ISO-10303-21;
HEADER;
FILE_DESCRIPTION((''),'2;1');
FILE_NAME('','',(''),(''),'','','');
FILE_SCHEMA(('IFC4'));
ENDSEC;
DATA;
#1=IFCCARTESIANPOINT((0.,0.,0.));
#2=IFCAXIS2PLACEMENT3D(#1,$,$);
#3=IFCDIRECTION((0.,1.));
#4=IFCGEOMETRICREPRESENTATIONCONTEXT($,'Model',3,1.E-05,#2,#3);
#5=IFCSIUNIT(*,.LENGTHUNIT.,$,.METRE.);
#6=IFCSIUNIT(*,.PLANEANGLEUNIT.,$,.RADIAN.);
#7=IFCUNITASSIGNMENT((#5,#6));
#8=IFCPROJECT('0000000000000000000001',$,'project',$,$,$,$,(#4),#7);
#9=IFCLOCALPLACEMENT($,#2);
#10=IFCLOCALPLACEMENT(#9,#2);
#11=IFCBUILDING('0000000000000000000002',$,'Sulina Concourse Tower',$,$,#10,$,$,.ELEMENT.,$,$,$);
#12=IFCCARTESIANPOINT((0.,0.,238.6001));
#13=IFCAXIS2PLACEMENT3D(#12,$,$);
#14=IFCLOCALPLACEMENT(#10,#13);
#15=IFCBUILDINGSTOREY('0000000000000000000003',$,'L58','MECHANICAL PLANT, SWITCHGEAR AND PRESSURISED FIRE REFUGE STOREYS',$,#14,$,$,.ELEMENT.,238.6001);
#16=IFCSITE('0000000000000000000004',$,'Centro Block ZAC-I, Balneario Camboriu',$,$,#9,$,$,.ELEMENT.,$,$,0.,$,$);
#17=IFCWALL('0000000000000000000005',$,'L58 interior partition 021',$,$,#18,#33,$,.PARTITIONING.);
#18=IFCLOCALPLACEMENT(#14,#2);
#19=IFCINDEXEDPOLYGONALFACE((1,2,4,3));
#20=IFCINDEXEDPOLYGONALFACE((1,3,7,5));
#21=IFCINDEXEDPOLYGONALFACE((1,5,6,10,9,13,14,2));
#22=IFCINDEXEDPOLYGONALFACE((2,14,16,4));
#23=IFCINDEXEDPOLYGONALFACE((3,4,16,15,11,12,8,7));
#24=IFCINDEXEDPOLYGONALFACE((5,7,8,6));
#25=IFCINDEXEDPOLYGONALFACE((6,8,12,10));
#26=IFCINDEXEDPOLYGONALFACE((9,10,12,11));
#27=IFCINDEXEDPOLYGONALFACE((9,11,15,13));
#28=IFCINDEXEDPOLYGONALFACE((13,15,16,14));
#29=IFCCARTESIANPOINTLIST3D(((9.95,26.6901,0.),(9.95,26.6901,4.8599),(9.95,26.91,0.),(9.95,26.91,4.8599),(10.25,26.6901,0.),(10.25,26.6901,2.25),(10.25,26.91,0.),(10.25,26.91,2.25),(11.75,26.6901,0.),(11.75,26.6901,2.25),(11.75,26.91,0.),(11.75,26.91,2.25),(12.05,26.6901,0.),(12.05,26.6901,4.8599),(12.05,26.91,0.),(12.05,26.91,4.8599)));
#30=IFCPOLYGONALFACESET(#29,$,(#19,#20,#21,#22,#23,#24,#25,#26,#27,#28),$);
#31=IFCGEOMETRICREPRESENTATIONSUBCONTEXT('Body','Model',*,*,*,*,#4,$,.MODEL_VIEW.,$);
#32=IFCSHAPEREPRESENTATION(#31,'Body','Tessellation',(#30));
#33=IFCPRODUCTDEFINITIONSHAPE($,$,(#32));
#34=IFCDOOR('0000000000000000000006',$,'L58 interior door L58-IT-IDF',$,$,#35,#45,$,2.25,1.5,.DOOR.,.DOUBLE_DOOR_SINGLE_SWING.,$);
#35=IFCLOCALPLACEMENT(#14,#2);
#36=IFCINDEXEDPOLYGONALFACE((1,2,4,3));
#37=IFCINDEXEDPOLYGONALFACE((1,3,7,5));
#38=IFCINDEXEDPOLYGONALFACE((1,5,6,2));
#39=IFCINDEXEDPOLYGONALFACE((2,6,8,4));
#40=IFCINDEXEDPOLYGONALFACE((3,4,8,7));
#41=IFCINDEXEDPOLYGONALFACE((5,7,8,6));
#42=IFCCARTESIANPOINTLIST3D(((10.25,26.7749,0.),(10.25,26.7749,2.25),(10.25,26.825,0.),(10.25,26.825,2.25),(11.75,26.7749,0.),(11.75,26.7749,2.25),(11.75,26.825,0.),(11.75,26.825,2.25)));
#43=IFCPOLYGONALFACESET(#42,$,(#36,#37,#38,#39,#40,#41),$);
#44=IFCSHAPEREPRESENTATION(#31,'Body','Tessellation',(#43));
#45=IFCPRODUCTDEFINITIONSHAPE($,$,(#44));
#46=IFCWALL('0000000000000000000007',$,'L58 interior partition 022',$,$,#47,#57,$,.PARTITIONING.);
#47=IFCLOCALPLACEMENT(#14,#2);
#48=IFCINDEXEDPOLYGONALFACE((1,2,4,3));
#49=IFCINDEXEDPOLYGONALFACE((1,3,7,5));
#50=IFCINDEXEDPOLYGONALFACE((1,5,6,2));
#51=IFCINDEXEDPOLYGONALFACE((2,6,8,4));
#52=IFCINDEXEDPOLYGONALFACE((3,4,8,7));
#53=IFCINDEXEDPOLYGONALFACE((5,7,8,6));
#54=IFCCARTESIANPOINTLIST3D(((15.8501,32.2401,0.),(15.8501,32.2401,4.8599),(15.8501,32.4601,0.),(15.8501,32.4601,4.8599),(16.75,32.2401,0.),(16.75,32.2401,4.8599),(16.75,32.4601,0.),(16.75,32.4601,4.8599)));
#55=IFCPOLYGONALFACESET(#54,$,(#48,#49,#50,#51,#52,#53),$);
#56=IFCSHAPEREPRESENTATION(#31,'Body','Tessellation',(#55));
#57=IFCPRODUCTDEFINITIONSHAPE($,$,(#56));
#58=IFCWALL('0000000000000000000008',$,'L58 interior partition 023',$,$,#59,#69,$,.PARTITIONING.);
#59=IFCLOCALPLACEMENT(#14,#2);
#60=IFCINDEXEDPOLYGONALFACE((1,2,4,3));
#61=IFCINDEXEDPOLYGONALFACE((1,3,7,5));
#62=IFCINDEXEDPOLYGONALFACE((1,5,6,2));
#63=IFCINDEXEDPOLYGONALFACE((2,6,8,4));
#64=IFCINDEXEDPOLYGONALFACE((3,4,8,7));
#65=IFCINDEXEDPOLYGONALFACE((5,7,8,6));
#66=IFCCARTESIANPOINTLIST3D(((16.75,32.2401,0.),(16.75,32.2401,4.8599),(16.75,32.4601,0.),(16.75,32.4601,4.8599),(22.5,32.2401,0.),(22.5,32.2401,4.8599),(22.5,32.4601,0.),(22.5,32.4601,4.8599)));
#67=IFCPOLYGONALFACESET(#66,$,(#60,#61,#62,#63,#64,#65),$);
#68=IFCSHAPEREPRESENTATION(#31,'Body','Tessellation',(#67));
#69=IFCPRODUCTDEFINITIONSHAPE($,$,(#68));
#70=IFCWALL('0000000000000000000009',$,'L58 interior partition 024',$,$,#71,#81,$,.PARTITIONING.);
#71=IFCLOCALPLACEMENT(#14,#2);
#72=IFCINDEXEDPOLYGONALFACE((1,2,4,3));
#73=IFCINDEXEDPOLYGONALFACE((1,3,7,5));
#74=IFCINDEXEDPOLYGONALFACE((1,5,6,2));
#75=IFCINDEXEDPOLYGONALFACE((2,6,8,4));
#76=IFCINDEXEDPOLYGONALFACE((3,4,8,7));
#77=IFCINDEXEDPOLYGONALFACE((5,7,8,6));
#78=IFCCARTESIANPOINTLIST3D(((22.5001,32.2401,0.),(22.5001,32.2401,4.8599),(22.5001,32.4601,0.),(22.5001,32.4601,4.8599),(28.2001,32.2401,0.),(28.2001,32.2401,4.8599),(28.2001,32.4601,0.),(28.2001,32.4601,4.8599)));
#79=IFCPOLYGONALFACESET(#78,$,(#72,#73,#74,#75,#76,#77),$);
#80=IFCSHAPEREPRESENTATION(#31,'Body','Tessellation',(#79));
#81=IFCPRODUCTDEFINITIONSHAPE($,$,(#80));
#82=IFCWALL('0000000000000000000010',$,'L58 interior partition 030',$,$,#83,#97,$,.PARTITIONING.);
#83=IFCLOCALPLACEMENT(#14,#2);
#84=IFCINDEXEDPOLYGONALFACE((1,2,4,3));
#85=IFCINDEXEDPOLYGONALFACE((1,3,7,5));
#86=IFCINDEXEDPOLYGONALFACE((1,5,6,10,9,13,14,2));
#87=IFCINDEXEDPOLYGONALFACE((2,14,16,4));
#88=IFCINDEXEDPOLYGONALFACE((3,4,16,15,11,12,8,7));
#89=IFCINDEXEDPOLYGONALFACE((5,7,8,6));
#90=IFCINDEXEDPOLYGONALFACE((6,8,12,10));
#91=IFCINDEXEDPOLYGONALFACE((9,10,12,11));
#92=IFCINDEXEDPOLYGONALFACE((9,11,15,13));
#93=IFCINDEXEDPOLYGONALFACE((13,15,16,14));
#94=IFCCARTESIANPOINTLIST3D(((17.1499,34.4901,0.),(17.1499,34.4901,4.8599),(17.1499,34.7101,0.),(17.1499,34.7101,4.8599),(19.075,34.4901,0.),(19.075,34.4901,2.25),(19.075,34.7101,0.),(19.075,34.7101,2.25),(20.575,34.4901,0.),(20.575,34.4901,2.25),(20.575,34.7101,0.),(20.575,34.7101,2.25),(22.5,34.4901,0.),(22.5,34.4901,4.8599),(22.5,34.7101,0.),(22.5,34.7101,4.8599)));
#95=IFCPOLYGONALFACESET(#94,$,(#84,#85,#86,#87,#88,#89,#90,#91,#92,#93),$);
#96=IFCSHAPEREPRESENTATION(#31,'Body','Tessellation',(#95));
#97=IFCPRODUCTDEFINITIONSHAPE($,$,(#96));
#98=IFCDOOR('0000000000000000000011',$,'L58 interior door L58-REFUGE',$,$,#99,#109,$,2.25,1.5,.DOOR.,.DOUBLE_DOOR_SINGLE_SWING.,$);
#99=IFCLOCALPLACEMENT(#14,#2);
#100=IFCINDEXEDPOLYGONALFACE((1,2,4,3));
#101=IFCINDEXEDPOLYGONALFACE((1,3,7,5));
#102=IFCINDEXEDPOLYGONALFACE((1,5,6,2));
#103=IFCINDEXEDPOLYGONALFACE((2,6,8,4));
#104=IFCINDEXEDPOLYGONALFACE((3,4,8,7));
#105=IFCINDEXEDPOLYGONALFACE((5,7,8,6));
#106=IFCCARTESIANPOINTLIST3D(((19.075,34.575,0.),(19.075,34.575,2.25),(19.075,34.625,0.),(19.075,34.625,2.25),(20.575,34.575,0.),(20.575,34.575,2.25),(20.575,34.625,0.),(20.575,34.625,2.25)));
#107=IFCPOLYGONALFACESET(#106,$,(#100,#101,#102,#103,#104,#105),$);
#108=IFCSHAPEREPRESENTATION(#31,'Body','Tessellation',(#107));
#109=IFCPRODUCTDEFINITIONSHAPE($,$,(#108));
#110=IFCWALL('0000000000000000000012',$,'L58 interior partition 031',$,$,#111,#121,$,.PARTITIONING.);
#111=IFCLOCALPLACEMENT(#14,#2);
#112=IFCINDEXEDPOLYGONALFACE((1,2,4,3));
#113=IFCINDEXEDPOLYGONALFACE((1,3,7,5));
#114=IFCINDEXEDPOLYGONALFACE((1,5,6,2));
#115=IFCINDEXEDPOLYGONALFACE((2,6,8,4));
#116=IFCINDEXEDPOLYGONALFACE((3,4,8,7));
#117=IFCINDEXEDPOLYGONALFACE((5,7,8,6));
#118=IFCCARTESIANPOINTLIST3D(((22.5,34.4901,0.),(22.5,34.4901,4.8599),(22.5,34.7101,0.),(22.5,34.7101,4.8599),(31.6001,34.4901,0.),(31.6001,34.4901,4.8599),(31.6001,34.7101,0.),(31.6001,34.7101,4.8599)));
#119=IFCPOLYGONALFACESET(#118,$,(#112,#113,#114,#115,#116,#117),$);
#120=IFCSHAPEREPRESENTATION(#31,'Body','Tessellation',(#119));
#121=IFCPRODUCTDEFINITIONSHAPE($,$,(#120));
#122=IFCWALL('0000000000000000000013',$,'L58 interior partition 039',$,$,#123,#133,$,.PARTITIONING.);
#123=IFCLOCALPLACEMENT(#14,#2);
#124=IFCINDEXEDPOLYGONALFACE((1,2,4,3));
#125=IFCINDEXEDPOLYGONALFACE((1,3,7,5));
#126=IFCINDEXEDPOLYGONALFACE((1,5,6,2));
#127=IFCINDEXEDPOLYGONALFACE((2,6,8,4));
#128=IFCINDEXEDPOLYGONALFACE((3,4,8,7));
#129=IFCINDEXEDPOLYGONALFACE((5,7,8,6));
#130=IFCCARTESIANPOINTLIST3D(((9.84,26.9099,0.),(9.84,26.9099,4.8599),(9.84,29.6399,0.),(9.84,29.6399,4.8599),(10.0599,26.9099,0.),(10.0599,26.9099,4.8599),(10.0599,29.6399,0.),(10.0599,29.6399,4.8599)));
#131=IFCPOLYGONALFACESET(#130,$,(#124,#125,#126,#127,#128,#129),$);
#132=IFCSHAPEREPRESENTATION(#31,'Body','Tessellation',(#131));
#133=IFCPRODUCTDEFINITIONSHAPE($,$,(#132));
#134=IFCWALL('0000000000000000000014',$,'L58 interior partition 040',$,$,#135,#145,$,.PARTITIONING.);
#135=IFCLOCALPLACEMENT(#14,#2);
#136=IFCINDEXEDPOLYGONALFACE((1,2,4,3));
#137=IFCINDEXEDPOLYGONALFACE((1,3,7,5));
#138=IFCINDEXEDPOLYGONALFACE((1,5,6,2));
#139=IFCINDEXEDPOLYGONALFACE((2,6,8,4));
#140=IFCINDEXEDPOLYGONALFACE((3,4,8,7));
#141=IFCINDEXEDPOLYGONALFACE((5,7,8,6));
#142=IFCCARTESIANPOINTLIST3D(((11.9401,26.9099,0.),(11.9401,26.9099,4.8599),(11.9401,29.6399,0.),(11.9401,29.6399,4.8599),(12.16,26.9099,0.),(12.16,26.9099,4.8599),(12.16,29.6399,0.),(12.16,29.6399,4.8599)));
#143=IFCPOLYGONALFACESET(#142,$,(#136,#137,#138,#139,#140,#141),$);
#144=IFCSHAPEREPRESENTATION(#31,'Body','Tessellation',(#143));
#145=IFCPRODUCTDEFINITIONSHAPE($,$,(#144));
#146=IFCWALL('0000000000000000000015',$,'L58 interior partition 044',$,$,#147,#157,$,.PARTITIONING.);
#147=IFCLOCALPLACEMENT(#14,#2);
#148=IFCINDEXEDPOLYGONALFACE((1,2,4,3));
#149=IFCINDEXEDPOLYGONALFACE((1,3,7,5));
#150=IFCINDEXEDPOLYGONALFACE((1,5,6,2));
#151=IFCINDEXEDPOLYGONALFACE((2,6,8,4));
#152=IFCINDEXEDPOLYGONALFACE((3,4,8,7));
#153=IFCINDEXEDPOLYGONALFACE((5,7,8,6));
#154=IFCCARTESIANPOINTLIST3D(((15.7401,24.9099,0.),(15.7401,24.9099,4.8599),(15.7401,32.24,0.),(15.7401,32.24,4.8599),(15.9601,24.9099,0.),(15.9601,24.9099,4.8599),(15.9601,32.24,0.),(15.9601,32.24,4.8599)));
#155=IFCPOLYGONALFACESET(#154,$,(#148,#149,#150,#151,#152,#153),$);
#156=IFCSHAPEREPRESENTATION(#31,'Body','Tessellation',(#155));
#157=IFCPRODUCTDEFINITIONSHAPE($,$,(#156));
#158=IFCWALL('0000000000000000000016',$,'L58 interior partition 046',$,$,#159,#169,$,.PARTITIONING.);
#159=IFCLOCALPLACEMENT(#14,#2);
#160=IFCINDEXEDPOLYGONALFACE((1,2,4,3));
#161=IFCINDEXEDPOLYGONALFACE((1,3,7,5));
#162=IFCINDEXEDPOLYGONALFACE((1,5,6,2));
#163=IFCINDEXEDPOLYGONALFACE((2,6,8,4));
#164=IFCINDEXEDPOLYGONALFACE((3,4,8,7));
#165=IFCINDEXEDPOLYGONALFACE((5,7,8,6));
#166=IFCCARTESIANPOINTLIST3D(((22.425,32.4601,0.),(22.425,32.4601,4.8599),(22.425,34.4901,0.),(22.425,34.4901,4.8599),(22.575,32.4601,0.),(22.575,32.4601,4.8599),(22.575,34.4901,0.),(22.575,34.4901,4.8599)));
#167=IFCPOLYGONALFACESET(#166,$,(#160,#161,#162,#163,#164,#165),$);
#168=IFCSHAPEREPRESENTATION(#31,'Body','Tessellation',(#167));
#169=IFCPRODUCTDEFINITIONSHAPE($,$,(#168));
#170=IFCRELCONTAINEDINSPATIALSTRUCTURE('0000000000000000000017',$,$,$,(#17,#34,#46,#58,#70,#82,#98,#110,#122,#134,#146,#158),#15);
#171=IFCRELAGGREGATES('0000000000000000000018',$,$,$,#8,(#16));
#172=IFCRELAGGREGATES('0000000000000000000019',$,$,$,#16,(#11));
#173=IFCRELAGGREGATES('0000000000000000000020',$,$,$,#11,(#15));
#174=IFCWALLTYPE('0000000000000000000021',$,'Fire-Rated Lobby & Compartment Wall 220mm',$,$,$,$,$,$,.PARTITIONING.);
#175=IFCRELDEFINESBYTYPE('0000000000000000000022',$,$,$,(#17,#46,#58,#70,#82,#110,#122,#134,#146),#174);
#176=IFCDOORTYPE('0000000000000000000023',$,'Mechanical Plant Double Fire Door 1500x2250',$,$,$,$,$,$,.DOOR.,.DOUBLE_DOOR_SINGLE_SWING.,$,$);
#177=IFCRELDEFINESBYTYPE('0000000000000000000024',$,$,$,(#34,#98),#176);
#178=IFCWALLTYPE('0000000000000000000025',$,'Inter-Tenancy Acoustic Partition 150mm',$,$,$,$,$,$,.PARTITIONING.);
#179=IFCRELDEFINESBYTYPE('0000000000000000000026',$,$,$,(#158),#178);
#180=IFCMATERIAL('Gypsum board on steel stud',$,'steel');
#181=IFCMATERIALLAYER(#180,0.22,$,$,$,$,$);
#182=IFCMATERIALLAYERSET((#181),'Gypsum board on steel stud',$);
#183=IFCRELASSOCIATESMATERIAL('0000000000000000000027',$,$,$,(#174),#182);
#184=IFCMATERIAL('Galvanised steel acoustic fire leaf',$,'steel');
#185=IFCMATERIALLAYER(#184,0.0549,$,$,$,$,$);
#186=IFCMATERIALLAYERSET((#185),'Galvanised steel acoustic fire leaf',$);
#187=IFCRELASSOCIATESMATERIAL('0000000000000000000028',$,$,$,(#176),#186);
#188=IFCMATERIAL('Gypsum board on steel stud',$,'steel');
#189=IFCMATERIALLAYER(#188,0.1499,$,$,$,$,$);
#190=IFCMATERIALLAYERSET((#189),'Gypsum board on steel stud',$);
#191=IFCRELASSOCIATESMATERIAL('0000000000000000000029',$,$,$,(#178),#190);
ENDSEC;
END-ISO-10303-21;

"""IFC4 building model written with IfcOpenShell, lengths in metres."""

from ifc_helpers import new_model, si_unit, direction, frame, frame_2d, origin, place, context, subcontext, project, spatial, rectangle, extrude, material, layer, layer_set, type_object, element, fill, save


model = new_model("IFC4")

# Units and contexts
model_context = context("Model", 3, precision=1e-05, world=origin(), true_north=direction((0.0, 1.0)))
body_context = subcontext(model_context, "Body", "Model", "MODEL_VIEW")
ifc_project = project(units=[si_unit("LENGTHUNIT", "METRE"), si_unit("PLANEANGLEUNIT", "RADIAN")], contexts=[model_context])

# Site, building, storey
site_placement = place(None, origin())
site = spatial("IfcSite", under=ifc_project, at=site_placement, Name="Centro Block ZAC-I, Balneario Camboriu", CompositionType="ELEMENT", RefElevation=0.0)
building_placement = place(site_placement, origin())
building = spatial("IfcBuilding", under=site, at=building_placement, Name="Sulina Concourse Tower", CompositionType="ELEMENT")
storey_placement = place(building_placement, frame((0.0, 0.0, 238.6001)))
storey = spatial("IfcBuildingStorey", under=building, at=storey_placement, Name="L58", Description="MECHANICAL PLANT, SWITCHGEAR AND PRESSURISED FIRE REFUGE STOREYS", CompositionType="ELEMENT", Elevation=238.6001)

# Wall, opening, door
ifc_material_1 = material(Name="Gypsum board on steel stud", Category="steel")
ifc_layer_1 = layer(ifc_material_1, 0.22)
ifc_layer_set_1 = layer_set([ifc_layer_1], Name="Gypsum board on steel stud")
wall_type_1 = type_object("IfcWallType", Name="Fire-Rated Lobby & Compartment Wall 220mm", PredefinedType="PARTITIONING", material=ifc_layer_set_1)
wall_1_placement = place(storey_placement, frame((9.95, 26.8, 0.0), z_axis=(0.0, 0.0, 1.0), x_axis=(1.0, 0.0, 0.0)))
wall_1 = element("IfcWall", 1, at=wall_1_placement, inside=storey, type_object=wall_type_1, Name="L58 interior partition 021", PredefinedType="PARTITIONING", context=body_context, shape_type="SweptSolid", body=[
    extrude(rectangle(XDim=2.1001, YDim=0.22, at=frame_2d((1.05, 0.0))), origin(), (0.0, 0.0, 1.0), 4.8599),
])
opening_1_placement = place(wall_1_placement, frame((0.3, 0.0, 0.0)))
opening_1 = element("IfcOpeningElement", 2, at=opening_1_placement, cuts=wall_1, PredefinedType="OPENING", context=body_context, shape_type="SweptSolid", body=[
    extrude(rectangle(XDim=1.5, YDim=2.25, at=frame_2d((0.75, 1.125))), frame((0.0, 0.1199, 0.0), z_axis=(0.0, -1.0, 0.0), x_axis=(1.0, 0.0, 0.0)), (0.0, 0.0, 1.0), 0.24),
])
ifc_material_2 = material(Name="Galvanised steel acoustic fire leaf", Category="steel")
ifc_layer_2 = layer(ifc_material_2, 0.0549)
ifc_layer_set_2 = layer_set([ifc_layer_2], Name="Galvanised steel acoustic fire leaf")
door_type_1 = type_object("IfcDoorType", Name="Mechanical Plant Double Fire Door 1500x2250", OperationType="DOUBLE_DOOR_SINGLE_SWING", PredefinedType="DOOR", material=ifc_layer_set_2)
door_1_placement = place(opening_1_placement, origin())
door_1 = element("IfcDoor", 3, at=door_1_placement, inside=storey, type_object=door_type_1, Name="L58 interior door L58-IT-IDF", OperationType="DOUBLE_DOOR_SINGLE_SWING", OverallHeight=2.25, OverallWidth=1.5, PredefinedType="DOOR", context=body_context, shape_type="SweptSolid", body=[
    extrude(rectangle(XDim=1.5, YDim=2.25, at=frame_2d((0.75, 1.125))), frame((0.0, 0.0249, 0.0), z_axis=(0.0, -1.0, 0.0), x_axis=(1.0, 0.0, 0.0)), (0.0, 0.0, 1.0), 0.05),
])
fill(opening_1, door_1)

# Walls
wall_2_placement = place(storey_placement, frame((15.8501, 32.3501, 0.0), z_axis=(0.0, 0.0, 1.0), x_axis=(1.0, 0.0, 0.0)))
element("IfcWall", 4, at=wall_2_placement, inside=storey, type_object=wall_type_1, Name="L58 interior partition 022", PredefinedType="PARTITIONING", context=body_context, shape_type="SweptSolid", body=[
    extrude(rectangle(XDim=0.8999, YDim=0.22, at=frame_2d((0.45, 0.0))), origin(), (0.0, 0.0, 1.0), 4.8599),
])
wall_3_placement = place(storey_placement, frame((16.75, 32.3501, 0.0), z_axis=(0.0, 0.0, 1.0), x_axis=(1.0, 0.0, 0.0)))
element("IfcWall", 5, at=wall_3_placement, inside=storey, type_object=wall_type_1, Name="L58 interior partition 023", PredefinedType="PARTITIONING", context=body_context, shape_type="SweptSolid", body=[
    extrude(rectangle(XDim=5.75, YDim=0.22, at=frame_2d((2.875, 0.0))), origin(), (0.0, 0.0, 1.0), 4.8599),
])
wall_4_placement = place(storey_placement, frame((22.5, 32.3501, 0.0), z_axis=(0.0, 0.0, 1.0), x_axis=(1.0, 0.0, 0.0)))
element("IfcWall", 6, at=wall_4_placement, inside=storey, type_object=wall_type_1, Name="L58 interior partition 024", PredefinedType="PARTITIONING", context=body_context, shape_type="SweptSolid", body=[
    extrude(rectangle(XDim=5.7, YDim=0.22, at=frame_2d((2.8501, 0.0))), origin(), (0.0, 0.0, 1.0), 4.8599),
])

# Wall, opening, door
wall_5_placement = place(storey_placement, frame((17.1499, 34.6001, 0.0), z_axis=(0.0, 0.0, 1.0), x_axis=(1.0, 0.0, 0.0)))
wall_5 = element("IfcWall", 7, at=wall_5_placement, inside=storey, type_object=wall_type_1, Name="L58 interior partition 030", PredefinedType="PARTITIONING", context=body_context, shape_type="SweptSolid", body=[
    extrude(rectangle(XDim=5.3501, YDim=0.22, at=frame_2d((2.675, 0.0))), origin(), (0.0, 0.0, 1.0), 4.8599),
])
opening_2_placement = place(wall_5_placement, frame((1.925, 0.0, 0.0)))
opening_2 = element("IfcOpeningElement", 8, at=opening_2_placement, cuts=wall_5, PredefinedType="OPENING", context=body_context, shape_type="SweptSolid", body=[
    extrude(rectangle(XDim=1.5, YDim=2.25, at=frame_2d((0.75, 1.125))), frame((0.0, 0.1199, 0.0), z_axis=(0.0, -1.0, 0.0), x_axis=(1.0, 0.0, 0.0)), (0.0, 0.0, 1.0), 0.24),
])
door_2_placement = place(opening_2_placement, origin())
door_2 = element("IfcDoor", 9, at=door_2_placement, inside=storey, type_object=door_type_1, Name="L58 interior door L58-REFUGE", OperationType="DOUBLE_DOOR_SINGLE_SWING", OverallHeight=2.25, OverallWidth=1.5, PredefinedType="DOOR", context=body_context, shape_type="SweptSolid", body=[
    extrude(rectangle(XDim=1.5, YDim=2.25, at=frame_2d((0.75, 1.125))), frame((0.0, 0.0249, 0.0), z_axis=(0.0, -1.0, 0.0), x_axis=(1.0, 0.0, 0.0)), (0.0, 0.0, 1.0), 0.05),
])
fill(opening_2, door_2)

# Walls
wall_6_placement = place(storey_placement, frame((22.5, 34.6001, 0.0), z_axis=(0.0, 0.0, 1.0), x_axis=(1.0, 0.0, 0.0)))
element("IfcWall", 10, at=wall_6_placement, inside=storey, type_object=wall_type_1, Name="L58 interior partition 031", PredefinedType="PARTITIONING", context=body_context, shape_type="SweptSolid", body=[
    extrude(rectangle(XDim=9.1001, YDim=0.22, at=frame_2d((4.55, 0.0))), origin(), (0.0, 0.0, 1.0), 4.8599),
])
for number, where, z_axis, x_axis, name in (
    (11, (9.95, 26.9099, 0.0), (0.0, 0.0, 1.0), (0.0, 1.0, 0.0), "L58 interior partition 039"),
    (12, (12.05, 26.9099, 0.0), (0.0, 0.0, 1.0), (0.0, 1.0, 0.0), "L58 interior partition 040"),
):
    element("IfcWall", number, at=place(storey_placement, frame(where, z_axis=z_axis, x_axis=x_axis)), inside=storey, type_object=wall_type_1, Name=name, PredefinedType="PARTITIONING", context=body_context, shape_type="SweptSolid", body=[
        extrude(rectangle(XDim=2.73, YDim=0.22, at=frame_2d((1.365, 0.0))), origin(), (0.0, 0.0, 1.0), 4.8599),
    ])
wall_7_placement = place(storey_placement, frame((15.8501, 24.9099, 0.0), z_axis=(0.0, 0.0, 1.0), x_axis=(0.0, 1.0, 0.0)))
element("IfcWall", 13, at=wall_7_placement, inside=storey, type_object=wall_type_1, Name="L58 interior partition 044", PredefinedType="PARTITIONING", context=body_context, shape_type="SweptSolid", body=[
    extrude(rectangle(XDim=7.3301, YDim=0.22, at=frame_2d((3.665, 0.0))), origin(), (0.0, 0.0, 1.0), 4.8599),
])
ifc_material_3 = material(Name="Gypsum board on steel stud", Category="steel")
ifc_layer_3 = layer(ifc_material_3, 0.1499)
ifc_layer_set_3 = layer_set([ifc_layer_3], Name="Gypsum board on steel stud")
wall_type_2 = type_object("IfcWallType", Name="Inter-Tenancy Acoustic Partition 150mm", PredefinedType="PARTITIONING", material=ifc_layer_set_3)
wall_8_placement = place(storey_placement, frame((22.5, 32.46, 0.0), z_axis=(0.0, 0.0, 1.0), x_axis=(0.0, 1.0, 0.0)))
element("IfcWall", 14, at=wall_8_placement, inside=storey, type_object=wall_type_2, Name="L58 interior partition 046", PredefinedType="PARTITIONING", context=body_context, shape_type="SweptSolid", body=[
    extrude(rectangle(XDim=2.03, YDim=0.1499, at=frame_2d((1.0151, 0.0))), origin(), (0.0, 0.0, 1.0), 4.8599),
])

save(model, "model.ifc")
